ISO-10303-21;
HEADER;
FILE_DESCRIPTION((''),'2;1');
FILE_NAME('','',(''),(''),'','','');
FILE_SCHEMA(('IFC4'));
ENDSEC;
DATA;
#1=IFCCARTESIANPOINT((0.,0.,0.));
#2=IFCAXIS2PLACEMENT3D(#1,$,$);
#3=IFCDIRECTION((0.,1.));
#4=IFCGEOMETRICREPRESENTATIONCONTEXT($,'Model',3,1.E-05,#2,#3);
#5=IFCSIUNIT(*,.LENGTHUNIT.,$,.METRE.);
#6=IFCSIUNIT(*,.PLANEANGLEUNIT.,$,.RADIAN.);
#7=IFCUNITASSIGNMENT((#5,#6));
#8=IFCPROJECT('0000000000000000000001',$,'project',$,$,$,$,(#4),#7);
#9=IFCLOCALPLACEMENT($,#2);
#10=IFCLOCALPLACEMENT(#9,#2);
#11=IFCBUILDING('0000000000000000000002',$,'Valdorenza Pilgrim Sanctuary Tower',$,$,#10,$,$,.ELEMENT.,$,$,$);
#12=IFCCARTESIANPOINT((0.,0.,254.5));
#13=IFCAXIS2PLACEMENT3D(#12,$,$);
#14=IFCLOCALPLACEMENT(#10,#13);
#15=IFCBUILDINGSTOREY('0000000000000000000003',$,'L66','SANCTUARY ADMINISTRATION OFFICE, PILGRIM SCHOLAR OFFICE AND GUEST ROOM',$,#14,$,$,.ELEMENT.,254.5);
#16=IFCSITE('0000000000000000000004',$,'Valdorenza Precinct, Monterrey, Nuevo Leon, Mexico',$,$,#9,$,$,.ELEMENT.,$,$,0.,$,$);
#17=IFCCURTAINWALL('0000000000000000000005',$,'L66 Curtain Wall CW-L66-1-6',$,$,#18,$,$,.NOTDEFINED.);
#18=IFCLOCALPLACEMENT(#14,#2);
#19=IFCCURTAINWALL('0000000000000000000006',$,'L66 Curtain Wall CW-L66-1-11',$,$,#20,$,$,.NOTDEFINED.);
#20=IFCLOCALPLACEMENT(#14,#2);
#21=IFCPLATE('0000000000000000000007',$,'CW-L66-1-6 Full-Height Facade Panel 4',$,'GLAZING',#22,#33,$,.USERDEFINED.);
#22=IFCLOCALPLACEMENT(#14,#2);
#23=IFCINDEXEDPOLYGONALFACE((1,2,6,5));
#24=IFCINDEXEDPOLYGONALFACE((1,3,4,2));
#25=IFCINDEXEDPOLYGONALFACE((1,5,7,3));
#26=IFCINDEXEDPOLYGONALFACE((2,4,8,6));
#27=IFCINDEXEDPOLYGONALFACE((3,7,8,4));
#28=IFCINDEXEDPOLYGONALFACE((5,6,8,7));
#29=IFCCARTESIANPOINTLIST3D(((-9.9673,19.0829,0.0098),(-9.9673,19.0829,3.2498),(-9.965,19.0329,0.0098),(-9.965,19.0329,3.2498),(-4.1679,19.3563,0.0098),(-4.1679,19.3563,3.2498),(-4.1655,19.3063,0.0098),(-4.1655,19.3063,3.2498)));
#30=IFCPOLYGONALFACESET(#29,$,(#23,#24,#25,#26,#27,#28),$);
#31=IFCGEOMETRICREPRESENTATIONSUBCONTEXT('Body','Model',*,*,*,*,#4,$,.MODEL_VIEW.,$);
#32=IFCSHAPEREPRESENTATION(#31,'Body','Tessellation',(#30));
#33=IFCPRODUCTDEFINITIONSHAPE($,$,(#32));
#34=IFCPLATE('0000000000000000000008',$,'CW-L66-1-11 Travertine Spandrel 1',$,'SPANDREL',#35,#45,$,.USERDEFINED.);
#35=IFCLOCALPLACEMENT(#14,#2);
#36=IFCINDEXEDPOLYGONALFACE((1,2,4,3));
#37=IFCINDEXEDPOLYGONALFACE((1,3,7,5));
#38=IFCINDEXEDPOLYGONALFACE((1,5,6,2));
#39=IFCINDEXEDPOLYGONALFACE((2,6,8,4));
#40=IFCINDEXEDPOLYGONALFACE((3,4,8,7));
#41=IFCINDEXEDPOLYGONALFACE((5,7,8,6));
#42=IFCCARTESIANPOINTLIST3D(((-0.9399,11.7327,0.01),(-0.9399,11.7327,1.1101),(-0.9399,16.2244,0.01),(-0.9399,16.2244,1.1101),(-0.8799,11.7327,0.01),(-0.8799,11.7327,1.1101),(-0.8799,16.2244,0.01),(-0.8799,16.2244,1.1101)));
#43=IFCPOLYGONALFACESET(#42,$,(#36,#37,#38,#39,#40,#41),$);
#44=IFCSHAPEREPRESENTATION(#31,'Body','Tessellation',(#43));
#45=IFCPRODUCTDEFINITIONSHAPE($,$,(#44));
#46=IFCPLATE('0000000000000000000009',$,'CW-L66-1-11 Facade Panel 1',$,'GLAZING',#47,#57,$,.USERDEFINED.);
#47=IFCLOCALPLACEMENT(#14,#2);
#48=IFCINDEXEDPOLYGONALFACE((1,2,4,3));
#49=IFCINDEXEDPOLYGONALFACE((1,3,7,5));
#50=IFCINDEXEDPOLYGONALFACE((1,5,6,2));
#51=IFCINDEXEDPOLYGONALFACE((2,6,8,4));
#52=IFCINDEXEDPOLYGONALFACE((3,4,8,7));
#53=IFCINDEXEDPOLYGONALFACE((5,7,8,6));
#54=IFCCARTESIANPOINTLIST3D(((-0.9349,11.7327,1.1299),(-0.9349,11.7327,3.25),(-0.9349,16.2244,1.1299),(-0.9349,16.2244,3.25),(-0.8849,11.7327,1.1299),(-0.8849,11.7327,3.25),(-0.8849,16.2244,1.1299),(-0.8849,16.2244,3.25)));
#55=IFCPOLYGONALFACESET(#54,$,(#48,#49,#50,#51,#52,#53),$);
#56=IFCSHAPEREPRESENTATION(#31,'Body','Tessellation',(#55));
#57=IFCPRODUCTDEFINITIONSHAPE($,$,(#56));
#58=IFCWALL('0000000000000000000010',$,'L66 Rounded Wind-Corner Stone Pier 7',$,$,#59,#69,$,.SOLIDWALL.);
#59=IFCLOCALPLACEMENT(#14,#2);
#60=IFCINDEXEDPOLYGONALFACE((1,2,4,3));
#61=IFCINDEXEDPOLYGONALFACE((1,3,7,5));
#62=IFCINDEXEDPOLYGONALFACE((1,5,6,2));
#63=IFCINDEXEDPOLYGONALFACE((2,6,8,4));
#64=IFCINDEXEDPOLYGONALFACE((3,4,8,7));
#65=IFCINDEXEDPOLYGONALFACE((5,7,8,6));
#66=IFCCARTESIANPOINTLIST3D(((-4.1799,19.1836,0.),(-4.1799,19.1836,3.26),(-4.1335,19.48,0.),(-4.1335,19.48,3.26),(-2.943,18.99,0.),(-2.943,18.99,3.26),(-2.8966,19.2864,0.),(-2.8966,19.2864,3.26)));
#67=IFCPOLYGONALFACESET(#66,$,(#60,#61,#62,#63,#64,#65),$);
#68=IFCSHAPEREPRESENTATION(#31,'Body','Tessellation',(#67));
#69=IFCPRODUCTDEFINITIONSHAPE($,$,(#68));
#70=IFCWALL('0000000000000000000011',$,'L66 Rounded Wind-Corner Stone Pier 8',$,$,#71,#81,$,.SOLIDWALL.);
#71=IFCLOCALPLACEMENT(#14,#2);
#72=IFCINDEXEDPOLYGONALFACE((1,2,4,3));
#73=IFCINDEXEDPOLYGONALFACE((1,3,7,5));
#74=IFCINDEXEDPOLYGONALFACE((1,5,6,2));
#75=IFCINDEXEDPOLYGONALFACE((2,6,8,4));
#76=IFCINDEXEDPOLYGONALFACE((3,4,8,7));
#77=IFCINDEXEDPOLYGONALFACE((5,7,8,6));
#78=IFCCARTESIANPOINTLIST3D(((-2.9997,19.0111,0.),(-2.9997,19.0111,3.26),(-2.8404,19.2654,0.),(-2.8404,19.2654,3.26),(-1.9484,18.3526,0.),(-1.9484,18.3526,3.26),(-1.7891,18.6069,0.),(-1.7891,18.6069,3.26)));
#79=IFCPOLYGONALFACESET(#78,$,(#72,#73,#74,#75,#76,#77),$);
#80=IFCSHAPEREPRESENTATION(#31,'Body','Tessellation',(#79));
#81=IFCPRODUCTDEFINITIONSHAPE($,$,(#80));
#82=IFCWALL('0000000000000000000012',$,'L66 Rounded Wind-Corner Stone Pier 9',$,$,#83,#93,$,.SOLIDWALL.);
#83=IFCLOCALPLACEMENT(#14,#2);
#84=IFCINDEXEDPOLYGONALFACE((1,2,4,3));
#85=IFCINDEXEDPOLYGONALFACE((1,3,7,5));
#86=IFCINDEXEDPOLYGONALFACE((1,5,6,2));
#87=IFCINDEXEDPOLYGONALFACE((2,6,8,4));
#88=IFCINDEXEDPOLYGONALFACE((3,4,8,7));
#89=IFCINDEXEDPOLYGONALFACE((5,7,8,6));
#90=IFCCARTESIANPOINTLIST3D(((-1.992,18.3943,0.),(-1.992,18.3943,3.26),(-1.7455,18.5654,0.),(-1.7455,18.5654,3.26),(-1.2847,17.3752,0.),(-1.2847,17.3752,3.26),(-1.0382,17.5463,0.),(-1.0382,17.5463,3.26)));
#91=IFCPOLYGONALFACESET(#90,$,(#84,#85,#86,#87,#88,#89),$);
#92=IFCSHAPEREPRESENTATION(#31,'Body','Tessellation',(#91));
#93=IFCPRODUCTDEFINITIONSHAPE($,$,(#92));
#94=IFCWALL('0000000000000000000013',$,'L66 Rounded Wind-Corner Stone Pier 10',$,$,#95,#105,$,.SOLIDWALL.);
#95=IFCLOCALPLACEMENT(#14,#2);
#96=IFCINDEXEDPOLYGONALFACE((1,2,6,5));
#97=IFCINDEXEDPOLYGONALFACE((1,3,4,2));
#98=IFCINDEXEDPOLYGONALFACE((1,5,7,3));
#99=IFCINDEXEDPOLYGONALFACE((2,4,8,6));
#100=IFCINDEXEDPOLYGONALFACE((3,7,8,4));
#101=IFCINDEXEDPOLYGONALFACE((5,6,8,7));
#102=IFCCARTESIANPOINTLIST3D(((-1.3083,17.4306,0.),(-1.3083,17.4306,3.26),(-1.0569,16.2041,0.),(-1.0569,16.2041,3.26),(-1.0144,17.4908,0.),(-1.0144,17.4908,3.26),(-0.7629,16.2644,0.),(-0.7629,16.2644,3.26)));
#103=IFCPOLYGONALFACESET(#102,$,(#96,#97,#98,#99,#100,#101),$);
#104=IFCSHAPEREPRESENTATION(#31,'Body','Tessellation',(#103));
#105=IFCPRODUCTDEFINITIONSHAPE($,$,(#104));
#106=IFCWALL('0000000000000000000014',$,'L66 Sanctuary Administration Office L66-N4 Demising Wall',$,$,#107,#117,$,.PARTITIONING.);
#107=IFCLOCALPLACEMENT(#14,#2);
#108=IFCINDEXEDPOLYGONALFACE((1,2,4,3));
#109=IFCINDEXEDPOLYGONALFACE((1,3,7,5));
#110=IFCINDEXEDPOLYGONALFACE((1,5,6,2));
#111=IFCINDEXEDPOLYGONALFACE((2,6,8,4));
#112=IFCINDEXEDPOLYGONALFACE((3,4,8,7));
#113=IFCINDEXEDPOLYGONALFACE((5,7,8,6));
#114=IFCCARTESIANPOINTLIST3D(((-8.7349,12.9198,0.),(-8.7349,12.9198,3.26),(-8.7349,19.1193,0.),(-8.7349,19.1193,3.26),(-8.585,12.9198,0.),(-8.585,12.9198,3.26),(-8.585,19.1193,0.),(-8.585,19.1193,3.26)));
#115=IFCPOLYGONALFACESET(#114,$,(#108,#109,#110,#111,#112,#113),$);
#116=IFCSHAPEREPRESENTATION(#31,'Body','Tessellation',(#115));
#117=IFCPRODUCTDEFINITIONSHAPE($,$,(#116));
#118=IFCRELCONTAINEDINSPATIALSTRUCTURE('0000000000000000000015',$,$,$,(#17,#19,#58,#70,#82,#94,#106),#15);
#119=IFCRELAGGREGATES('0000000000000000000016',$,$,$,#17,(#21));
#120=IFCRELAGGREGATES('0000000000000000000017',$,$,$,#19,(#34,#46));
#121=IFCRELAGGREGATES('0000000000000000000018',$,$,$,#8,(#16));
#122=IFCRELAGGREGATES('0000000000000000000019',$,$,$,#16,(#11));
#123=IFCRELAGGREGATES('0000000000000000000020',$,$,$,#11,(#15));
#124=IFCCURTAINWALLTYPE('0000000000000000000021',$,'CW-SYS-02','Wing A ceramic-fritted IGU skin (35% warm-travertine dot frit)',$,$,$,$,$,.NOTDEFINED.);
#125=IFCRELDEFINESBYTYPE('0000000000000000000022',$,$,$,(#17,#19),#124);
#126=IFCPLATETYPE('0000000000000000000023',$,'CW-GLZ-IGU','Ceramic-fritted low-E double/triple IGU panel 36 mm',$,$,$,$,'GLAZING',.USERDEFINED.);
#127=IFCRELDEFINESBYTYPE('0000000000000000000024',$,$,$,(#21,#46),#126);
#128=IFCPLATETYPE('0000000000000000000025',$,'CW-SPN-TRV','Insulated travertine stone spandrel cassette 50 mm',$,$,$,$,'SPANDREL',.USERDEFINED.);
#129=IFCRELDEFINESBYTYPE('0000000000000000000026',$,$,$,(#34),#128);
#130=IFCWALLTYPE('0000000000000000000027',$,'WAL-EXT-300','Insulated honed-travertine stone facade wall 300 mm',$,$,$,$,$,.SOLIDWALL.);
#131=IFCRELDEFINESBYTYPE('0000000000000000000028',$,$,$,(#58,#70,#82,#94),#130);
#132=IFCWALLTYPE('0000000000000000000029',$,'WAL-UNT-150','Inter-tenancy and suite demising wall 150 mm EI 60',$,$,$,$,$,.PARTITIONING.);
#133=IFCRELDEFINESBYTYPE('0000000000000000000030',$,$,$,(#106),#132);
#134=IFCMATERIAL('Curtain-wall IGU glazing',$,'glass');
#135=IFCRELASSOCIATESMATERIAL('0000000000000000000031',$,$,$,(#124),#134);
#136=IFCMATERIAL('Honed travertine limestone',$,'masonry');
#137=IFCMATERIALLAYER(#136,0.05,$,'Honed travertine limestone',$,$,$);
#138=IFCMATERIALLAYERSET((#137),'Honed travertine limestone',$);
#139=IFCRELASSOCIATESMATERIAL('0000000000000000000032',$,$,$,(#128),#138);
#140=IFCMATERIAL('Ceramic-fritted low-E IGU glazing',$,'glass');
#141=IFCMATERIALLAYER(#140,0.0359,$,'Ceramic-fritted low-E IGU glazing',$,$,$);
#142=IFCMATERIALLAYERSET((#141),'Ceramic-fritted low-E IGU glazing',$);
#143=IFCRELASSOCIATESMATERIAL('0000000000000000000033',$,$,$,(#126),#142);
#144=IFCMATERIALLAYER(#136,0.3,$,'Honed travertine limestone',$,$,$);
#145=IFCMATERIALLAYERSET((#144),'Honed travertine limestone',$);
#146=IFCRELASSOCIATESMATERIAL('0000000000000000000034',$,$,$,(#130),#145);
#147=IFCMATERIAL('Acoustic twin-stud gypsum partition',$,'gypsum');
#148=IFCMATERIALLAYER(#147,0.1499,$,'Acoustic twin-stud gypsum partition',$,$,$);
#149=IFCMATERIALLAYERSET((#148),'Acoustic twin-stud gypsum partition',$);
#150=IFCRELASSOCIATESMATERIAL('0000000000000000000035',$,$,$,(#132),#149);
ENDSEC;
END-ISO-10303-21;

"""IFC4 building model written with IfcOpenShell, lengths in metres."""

from ifc_helpers import new_model, si_unit, direction, frame, frame_2d, origin, origin_2d, place, context, subcontext, project, spatial, rectangle, extrude, source, transform, mapped, material, layer, layer_set, type_object, element, aggregate, save


model = new_model("IFC4")

# Units and contexts
model_context = context("Model", 3, precision=1e-05, world=origin(), true_north=direction((0.0, 1.0)))
body_context = subcontext(model_context, "Body", "Model", "MODEL_VIEW")
ifc_project = project(units=[si_unit("LENGTHUNIT", "METRE"), si_unit("PLANEANGLEUNIT", "RADIAN")], contexts=[model_context])

# Site, building, storey
site_placement = place(None, origin())
site = spatial("IfcSite", under=ifc_project, at=site_placement, Name="Valdorenza Precinct, Monterrey, Nuevo Leon, Mexico", CompositionType="ELEMENT", RefElevation=0.0)
building_placement = place(site_placement, origin())
building = spatial("IfcBuilding", under=site, at=building_placement, Name="Valdorenza Pilgrim Sanctuary Tower", CompositionType="ELEMENT")
storey_placement = place(building_placement, frame((0.0, 0.0, 254.5)))
storey = spatial("IfcBuildingStorey", under=building, at=storey_placement, Name="L66", Description="SANCTUARY ADMINISTRATION OFFICE, PILGRIM SCHOLAR OFFICE AND GUEST ROOM", CompositionType="ELEMENT", Elevation=254.5)

# Curtain walls
ifc_material_1 = material(Name="Curtain-wall IGU glazing", Category="glass")
curtain_wall_type = type_object("IfcCurtainWallType", Name="CW-SYS-02", Description="Wing A ceramic-fritted IGU skin (35% warm-travertine dot frit)", PredefinedType="NOTDEFINED", material=ifc_material_1)
curtain_wall_1_placement = place(storey_placement, origin())
curtain_wall_1 = element("IfcCurtainWall", 1, at=curtain_wall_1_placement, inside=storey, type_object=curtain_wall_type, Name="L66 Curtain Wall CW-L66-1-6", PredefinedType="NOTDEFINED")
curtain_wall_2_placement = place(storey_placement, origin())
curtain_wall_2 = element("IfcCurtainWall", 2, at=curtain_wall_2_placement, inside=storey, type_object=curtain_wall_type, Name="L66 Curtain Wall CW-L66-1-11", PredefinedType="NOTDEFINED")

# Plates
ifc_material_2 = material(Name="Honed travertine limestone", Category="masonry")
ifc_layer_1 = layer(ifc_material_2, 0.05, Name="Honed travertine limestone")
ifc_layer_set_1 = layer_set([ifc_layer_1], Name="Honed travertine limestone")
plate_type_1 = type_object("IfcPlateType", Name="CW-SPN-TRV", Description="Insulated travertine stone spandrel cassette 50 mm", ElementType="SPANDREL", PredefinedType="USERDEFINED", material=ifc_layer_set_1)
ifc_material_3 = material(Name="Ceramic-fritted low-E IGU glazing", Category="glass")
ifc_layer_2 = layer(ifc_material_3, 0.0359, Name="Ceramic-fritted low-E IGU glazing")
ifc_layer_set_2 = layer_set([ifc_layer_2], Name="Ceramic-fritted low-E IGU glazing")
plate_type_2 = type_object("IfcPlateType", Name="CW-GLZ-IGU", Description="Ceramic-fritted low-E double/triple IGU panel 36 mm", ElementType="GLAZING", PredefinedType="USERDEFINED", material=ifc_layer_set_2)
shared_shape_1 = source(origin(), body_context, "Body", "SweptSolid", [
    extrude(rectangle(XDim=5.8059, YDim=0.05, at=origin_2d()), origin(), (0.0, 0.0, 1.0), 3.24),
])
plate_1_placement = place(storey_placement, frame((-7.0664, 19.1946, 0.0098), z_axis=(0.0, 0.0, 1.0), x_axis=(0.998891, 0.047089, 0.0)))
plate_1 = element("IfcPlate", 3, at=plate_1_placement, type_object=plate_type_2, Name="CW-L66-1-6 Full-Height Facade Panel 4", ObjectType="GLAZING", PredefinedType="USERDEFINED", context=body_context, shape_type="MappedRepresentation", body=[
    mapped(shared_shape_1, transform((0.0, 0.0, 0.0), x_axis=(1.0, 0.0, 0.0), y_axis=(0.0, 1.0, 0.0), z_axis=(0.0, 0.0, 1.0), scale=1.0)),
])
aggregate(curtain_wall_1, [plate_1])
shared_shape_2 = source(origin(), body_context, "Body", "SweptSolid", [
    extrude(rectangle(XDim=4.4917, YDim=0.0601, at=origin_2d()), origin(), (0.0, 0.0, 1.0), 1.1001),
])
plate_2_placement = place(storey_placement, frame((-0.9099, 13.9785, 0.01), z_axis=(0.0, 0.0, 1.0), x_axis=(0.0, -1.0, 0.0)))
plate_2 = element("IfcPlate", 4, at=plate_2_placement, type_object=plate_type_1, Name="CW-L66-1-11 Travertine Spandrel 1", ObjectType="SPANDREL", PredefinedType="USERDEFINED", context=body_context, shape_type="MappedRepresentation", body=[
    mapped(shared_shape_2, transform((0.0, 0.0, 0.0), x_axis=(1.0, 0.0, 0.0), y_axis=(0.0, 1.0, 0.0), z_axis=(0.0, 0.0, 1.0), scale=1.0)),
])
shared_shape_3 = source(origin(), body_context, "Body", "SweptSolid", [
    extrude(rectangle(XDim=4.4917, YDim=0.05, at=origin_2d()), origin(), (0.0, 0.0, 1.0), 2.1201),
])
plate_3_placement = place(storey_placement, frame((-0.9099, 13.9785, 1.1299), z_axis=(0.0, 0.0, 1.0), x_axis=(0.0, -1.0, 0.0)))
plate_3 = element("IfcPlate", 5, at=plate_3_placement, type_object=plate_type_2, Name="CW-L66-1-11 Facade Panel 1", ObjectType="GLAZING", PredefinedType="USERDEFINED", context=body_context, shape_type="MappedRepresentation", body=[
    mapped(shared_shape_3, transform((0.0, 0.0, 0.0), x_axis=(1.0, 0.0, 0.0), y_axis=(0.0, 1.0, 0.0), z_axis=(0.0, 0.0, 1.0), scale=1.0)),
])
aggregate(curtain_wall_2, [plate_2, plate_3])

# Walls
ifc_layer_3 = layer(ifc_material_2, 0.3, Name="Honed travertine limestone")
ifc_layer_set_3 = layer_set([ifc_layer_3], Name="Honed travertine limestone")
wall_type_1 = type_object("IfcWallType", Name="WAL-EXT-300", Description="Insulated honed-travertine stone facade wall 300 mm", PredefinedType="SOLIDWALL", material=ifc_layer_set_3)
wall_1_placement = place(storey_placement, frame((-4.1567, 19.3318, 0.0), z_axis=(0.0, 0.0, 1.0), x_axis=(0.987969, -0.154651, 0.0)))
element("IfcWall", 6, at=wall_1_placement, inside=storey, type_object=wall_type_1, Name="L66 Rounded Wind-Corner Stone Pier 7", PredefinedType="SOLIDWALL", context=body_context, shape_type="SweptSolid", body=[
    extrude(rectangle(XDim=1.252, YDim=0.3, at=frame_2d((0.626, 0.0))), origin(), (0.0, 0.0, 1.0), 3.26),
])
for number, where, z_axis, x_axis, name in (
    (7, (-2.9199, 19.1382, 0.0), (0.0, 0.0, 1.0), (0.847489, -0.530812, 0.0), "L66 Rounded Wind-Corner Stone Pier 8"),
    (8, (-1.8687, 18.4797, 0.0), (0.0, 0.0, 1.0), (0.570182, -0.821518, 0.0), "L66 Rounded Wind-Corner Stone Pier 9"),
):
    element("IfcWall", number, at=place(storey_placement, frame(where, z_axis=z_axis, x_axis=x_axis)), inside=storey, type_object=wall_type_1, Name=name, PredefinedType="SOLIDWALL", context=body_context, shape_type="SweptSolid", body=[
        extrude(rectangle(XDim=1.2405, YDim=0.3, at=frame_2d((0.6201, 0.0))), origin(), (0.0, 0.0, 1.0), 3.26),
    ])
wall_2_placement = place(storey_placement, frame((-1.1614, 17.4607, 0.0), z_axis=(0.0, 0.0, 1.0), x_axis=(0.200877, -0.979616, 0.0)))
element("IfcWall", 9, at=wall_2_placement, inside=storey, type_object=wall_type_1, Name="L66 Rounded Wind-Corner Stone Pier 10", PredefinedType="SOLIDWALL", context=body_context, shape_type="SweptSolid", body=[
    extrude(rectangle(XDim=1.252, YDim=0.3, at=frame_2d((0.626, 0.0))), origin(), (0.0, 0.0, 1.0), 3.26),
])
ifc_material_4 = material(Name="Acoustic twin-stud gypsum partition", Category="gypsum")
ifc_layer_4 = layer(ifc_material_4, 0.1499, Name="Acoustic twin-stud gypsum partition")
ifc_layer_set_4 = layer_set([ifc_layer_4], Name="Acoustic twin-stud gypsum partition")
wall_type_2 = type_object("IfcWallType", Name="WAL-UNT-150", Description="Inter-tenancy and suite demising wall 150 mm EI 60", PredefinedType="PARTITIONING", material=ifc_layer_set_4)
wall_3_placement = place(storey_placement, frame((-8.6599, 12.9199, 0.0), z_axis=(0.0, 0.0, 1.0), x_axis=(0.0, 1.0, 0.0)))
element("IfcWall", 10, at=wall_3_placement, inside=storey, type_object=wall_type_2, Name="L66 Sanctuary Administration Office L66-N4 Demising Wall", PredefinedType="PARTITIONING", context=body_context, shape_type="SweptSolid", body=[
    extrude(rectangle(XDim=6.1995, YDim=0.1499, at=frame_2d((3.0996, 0.0))), origin(), (0.0, 0.0, 1.0), 3.26),
])

save(model, "model.ifc")
